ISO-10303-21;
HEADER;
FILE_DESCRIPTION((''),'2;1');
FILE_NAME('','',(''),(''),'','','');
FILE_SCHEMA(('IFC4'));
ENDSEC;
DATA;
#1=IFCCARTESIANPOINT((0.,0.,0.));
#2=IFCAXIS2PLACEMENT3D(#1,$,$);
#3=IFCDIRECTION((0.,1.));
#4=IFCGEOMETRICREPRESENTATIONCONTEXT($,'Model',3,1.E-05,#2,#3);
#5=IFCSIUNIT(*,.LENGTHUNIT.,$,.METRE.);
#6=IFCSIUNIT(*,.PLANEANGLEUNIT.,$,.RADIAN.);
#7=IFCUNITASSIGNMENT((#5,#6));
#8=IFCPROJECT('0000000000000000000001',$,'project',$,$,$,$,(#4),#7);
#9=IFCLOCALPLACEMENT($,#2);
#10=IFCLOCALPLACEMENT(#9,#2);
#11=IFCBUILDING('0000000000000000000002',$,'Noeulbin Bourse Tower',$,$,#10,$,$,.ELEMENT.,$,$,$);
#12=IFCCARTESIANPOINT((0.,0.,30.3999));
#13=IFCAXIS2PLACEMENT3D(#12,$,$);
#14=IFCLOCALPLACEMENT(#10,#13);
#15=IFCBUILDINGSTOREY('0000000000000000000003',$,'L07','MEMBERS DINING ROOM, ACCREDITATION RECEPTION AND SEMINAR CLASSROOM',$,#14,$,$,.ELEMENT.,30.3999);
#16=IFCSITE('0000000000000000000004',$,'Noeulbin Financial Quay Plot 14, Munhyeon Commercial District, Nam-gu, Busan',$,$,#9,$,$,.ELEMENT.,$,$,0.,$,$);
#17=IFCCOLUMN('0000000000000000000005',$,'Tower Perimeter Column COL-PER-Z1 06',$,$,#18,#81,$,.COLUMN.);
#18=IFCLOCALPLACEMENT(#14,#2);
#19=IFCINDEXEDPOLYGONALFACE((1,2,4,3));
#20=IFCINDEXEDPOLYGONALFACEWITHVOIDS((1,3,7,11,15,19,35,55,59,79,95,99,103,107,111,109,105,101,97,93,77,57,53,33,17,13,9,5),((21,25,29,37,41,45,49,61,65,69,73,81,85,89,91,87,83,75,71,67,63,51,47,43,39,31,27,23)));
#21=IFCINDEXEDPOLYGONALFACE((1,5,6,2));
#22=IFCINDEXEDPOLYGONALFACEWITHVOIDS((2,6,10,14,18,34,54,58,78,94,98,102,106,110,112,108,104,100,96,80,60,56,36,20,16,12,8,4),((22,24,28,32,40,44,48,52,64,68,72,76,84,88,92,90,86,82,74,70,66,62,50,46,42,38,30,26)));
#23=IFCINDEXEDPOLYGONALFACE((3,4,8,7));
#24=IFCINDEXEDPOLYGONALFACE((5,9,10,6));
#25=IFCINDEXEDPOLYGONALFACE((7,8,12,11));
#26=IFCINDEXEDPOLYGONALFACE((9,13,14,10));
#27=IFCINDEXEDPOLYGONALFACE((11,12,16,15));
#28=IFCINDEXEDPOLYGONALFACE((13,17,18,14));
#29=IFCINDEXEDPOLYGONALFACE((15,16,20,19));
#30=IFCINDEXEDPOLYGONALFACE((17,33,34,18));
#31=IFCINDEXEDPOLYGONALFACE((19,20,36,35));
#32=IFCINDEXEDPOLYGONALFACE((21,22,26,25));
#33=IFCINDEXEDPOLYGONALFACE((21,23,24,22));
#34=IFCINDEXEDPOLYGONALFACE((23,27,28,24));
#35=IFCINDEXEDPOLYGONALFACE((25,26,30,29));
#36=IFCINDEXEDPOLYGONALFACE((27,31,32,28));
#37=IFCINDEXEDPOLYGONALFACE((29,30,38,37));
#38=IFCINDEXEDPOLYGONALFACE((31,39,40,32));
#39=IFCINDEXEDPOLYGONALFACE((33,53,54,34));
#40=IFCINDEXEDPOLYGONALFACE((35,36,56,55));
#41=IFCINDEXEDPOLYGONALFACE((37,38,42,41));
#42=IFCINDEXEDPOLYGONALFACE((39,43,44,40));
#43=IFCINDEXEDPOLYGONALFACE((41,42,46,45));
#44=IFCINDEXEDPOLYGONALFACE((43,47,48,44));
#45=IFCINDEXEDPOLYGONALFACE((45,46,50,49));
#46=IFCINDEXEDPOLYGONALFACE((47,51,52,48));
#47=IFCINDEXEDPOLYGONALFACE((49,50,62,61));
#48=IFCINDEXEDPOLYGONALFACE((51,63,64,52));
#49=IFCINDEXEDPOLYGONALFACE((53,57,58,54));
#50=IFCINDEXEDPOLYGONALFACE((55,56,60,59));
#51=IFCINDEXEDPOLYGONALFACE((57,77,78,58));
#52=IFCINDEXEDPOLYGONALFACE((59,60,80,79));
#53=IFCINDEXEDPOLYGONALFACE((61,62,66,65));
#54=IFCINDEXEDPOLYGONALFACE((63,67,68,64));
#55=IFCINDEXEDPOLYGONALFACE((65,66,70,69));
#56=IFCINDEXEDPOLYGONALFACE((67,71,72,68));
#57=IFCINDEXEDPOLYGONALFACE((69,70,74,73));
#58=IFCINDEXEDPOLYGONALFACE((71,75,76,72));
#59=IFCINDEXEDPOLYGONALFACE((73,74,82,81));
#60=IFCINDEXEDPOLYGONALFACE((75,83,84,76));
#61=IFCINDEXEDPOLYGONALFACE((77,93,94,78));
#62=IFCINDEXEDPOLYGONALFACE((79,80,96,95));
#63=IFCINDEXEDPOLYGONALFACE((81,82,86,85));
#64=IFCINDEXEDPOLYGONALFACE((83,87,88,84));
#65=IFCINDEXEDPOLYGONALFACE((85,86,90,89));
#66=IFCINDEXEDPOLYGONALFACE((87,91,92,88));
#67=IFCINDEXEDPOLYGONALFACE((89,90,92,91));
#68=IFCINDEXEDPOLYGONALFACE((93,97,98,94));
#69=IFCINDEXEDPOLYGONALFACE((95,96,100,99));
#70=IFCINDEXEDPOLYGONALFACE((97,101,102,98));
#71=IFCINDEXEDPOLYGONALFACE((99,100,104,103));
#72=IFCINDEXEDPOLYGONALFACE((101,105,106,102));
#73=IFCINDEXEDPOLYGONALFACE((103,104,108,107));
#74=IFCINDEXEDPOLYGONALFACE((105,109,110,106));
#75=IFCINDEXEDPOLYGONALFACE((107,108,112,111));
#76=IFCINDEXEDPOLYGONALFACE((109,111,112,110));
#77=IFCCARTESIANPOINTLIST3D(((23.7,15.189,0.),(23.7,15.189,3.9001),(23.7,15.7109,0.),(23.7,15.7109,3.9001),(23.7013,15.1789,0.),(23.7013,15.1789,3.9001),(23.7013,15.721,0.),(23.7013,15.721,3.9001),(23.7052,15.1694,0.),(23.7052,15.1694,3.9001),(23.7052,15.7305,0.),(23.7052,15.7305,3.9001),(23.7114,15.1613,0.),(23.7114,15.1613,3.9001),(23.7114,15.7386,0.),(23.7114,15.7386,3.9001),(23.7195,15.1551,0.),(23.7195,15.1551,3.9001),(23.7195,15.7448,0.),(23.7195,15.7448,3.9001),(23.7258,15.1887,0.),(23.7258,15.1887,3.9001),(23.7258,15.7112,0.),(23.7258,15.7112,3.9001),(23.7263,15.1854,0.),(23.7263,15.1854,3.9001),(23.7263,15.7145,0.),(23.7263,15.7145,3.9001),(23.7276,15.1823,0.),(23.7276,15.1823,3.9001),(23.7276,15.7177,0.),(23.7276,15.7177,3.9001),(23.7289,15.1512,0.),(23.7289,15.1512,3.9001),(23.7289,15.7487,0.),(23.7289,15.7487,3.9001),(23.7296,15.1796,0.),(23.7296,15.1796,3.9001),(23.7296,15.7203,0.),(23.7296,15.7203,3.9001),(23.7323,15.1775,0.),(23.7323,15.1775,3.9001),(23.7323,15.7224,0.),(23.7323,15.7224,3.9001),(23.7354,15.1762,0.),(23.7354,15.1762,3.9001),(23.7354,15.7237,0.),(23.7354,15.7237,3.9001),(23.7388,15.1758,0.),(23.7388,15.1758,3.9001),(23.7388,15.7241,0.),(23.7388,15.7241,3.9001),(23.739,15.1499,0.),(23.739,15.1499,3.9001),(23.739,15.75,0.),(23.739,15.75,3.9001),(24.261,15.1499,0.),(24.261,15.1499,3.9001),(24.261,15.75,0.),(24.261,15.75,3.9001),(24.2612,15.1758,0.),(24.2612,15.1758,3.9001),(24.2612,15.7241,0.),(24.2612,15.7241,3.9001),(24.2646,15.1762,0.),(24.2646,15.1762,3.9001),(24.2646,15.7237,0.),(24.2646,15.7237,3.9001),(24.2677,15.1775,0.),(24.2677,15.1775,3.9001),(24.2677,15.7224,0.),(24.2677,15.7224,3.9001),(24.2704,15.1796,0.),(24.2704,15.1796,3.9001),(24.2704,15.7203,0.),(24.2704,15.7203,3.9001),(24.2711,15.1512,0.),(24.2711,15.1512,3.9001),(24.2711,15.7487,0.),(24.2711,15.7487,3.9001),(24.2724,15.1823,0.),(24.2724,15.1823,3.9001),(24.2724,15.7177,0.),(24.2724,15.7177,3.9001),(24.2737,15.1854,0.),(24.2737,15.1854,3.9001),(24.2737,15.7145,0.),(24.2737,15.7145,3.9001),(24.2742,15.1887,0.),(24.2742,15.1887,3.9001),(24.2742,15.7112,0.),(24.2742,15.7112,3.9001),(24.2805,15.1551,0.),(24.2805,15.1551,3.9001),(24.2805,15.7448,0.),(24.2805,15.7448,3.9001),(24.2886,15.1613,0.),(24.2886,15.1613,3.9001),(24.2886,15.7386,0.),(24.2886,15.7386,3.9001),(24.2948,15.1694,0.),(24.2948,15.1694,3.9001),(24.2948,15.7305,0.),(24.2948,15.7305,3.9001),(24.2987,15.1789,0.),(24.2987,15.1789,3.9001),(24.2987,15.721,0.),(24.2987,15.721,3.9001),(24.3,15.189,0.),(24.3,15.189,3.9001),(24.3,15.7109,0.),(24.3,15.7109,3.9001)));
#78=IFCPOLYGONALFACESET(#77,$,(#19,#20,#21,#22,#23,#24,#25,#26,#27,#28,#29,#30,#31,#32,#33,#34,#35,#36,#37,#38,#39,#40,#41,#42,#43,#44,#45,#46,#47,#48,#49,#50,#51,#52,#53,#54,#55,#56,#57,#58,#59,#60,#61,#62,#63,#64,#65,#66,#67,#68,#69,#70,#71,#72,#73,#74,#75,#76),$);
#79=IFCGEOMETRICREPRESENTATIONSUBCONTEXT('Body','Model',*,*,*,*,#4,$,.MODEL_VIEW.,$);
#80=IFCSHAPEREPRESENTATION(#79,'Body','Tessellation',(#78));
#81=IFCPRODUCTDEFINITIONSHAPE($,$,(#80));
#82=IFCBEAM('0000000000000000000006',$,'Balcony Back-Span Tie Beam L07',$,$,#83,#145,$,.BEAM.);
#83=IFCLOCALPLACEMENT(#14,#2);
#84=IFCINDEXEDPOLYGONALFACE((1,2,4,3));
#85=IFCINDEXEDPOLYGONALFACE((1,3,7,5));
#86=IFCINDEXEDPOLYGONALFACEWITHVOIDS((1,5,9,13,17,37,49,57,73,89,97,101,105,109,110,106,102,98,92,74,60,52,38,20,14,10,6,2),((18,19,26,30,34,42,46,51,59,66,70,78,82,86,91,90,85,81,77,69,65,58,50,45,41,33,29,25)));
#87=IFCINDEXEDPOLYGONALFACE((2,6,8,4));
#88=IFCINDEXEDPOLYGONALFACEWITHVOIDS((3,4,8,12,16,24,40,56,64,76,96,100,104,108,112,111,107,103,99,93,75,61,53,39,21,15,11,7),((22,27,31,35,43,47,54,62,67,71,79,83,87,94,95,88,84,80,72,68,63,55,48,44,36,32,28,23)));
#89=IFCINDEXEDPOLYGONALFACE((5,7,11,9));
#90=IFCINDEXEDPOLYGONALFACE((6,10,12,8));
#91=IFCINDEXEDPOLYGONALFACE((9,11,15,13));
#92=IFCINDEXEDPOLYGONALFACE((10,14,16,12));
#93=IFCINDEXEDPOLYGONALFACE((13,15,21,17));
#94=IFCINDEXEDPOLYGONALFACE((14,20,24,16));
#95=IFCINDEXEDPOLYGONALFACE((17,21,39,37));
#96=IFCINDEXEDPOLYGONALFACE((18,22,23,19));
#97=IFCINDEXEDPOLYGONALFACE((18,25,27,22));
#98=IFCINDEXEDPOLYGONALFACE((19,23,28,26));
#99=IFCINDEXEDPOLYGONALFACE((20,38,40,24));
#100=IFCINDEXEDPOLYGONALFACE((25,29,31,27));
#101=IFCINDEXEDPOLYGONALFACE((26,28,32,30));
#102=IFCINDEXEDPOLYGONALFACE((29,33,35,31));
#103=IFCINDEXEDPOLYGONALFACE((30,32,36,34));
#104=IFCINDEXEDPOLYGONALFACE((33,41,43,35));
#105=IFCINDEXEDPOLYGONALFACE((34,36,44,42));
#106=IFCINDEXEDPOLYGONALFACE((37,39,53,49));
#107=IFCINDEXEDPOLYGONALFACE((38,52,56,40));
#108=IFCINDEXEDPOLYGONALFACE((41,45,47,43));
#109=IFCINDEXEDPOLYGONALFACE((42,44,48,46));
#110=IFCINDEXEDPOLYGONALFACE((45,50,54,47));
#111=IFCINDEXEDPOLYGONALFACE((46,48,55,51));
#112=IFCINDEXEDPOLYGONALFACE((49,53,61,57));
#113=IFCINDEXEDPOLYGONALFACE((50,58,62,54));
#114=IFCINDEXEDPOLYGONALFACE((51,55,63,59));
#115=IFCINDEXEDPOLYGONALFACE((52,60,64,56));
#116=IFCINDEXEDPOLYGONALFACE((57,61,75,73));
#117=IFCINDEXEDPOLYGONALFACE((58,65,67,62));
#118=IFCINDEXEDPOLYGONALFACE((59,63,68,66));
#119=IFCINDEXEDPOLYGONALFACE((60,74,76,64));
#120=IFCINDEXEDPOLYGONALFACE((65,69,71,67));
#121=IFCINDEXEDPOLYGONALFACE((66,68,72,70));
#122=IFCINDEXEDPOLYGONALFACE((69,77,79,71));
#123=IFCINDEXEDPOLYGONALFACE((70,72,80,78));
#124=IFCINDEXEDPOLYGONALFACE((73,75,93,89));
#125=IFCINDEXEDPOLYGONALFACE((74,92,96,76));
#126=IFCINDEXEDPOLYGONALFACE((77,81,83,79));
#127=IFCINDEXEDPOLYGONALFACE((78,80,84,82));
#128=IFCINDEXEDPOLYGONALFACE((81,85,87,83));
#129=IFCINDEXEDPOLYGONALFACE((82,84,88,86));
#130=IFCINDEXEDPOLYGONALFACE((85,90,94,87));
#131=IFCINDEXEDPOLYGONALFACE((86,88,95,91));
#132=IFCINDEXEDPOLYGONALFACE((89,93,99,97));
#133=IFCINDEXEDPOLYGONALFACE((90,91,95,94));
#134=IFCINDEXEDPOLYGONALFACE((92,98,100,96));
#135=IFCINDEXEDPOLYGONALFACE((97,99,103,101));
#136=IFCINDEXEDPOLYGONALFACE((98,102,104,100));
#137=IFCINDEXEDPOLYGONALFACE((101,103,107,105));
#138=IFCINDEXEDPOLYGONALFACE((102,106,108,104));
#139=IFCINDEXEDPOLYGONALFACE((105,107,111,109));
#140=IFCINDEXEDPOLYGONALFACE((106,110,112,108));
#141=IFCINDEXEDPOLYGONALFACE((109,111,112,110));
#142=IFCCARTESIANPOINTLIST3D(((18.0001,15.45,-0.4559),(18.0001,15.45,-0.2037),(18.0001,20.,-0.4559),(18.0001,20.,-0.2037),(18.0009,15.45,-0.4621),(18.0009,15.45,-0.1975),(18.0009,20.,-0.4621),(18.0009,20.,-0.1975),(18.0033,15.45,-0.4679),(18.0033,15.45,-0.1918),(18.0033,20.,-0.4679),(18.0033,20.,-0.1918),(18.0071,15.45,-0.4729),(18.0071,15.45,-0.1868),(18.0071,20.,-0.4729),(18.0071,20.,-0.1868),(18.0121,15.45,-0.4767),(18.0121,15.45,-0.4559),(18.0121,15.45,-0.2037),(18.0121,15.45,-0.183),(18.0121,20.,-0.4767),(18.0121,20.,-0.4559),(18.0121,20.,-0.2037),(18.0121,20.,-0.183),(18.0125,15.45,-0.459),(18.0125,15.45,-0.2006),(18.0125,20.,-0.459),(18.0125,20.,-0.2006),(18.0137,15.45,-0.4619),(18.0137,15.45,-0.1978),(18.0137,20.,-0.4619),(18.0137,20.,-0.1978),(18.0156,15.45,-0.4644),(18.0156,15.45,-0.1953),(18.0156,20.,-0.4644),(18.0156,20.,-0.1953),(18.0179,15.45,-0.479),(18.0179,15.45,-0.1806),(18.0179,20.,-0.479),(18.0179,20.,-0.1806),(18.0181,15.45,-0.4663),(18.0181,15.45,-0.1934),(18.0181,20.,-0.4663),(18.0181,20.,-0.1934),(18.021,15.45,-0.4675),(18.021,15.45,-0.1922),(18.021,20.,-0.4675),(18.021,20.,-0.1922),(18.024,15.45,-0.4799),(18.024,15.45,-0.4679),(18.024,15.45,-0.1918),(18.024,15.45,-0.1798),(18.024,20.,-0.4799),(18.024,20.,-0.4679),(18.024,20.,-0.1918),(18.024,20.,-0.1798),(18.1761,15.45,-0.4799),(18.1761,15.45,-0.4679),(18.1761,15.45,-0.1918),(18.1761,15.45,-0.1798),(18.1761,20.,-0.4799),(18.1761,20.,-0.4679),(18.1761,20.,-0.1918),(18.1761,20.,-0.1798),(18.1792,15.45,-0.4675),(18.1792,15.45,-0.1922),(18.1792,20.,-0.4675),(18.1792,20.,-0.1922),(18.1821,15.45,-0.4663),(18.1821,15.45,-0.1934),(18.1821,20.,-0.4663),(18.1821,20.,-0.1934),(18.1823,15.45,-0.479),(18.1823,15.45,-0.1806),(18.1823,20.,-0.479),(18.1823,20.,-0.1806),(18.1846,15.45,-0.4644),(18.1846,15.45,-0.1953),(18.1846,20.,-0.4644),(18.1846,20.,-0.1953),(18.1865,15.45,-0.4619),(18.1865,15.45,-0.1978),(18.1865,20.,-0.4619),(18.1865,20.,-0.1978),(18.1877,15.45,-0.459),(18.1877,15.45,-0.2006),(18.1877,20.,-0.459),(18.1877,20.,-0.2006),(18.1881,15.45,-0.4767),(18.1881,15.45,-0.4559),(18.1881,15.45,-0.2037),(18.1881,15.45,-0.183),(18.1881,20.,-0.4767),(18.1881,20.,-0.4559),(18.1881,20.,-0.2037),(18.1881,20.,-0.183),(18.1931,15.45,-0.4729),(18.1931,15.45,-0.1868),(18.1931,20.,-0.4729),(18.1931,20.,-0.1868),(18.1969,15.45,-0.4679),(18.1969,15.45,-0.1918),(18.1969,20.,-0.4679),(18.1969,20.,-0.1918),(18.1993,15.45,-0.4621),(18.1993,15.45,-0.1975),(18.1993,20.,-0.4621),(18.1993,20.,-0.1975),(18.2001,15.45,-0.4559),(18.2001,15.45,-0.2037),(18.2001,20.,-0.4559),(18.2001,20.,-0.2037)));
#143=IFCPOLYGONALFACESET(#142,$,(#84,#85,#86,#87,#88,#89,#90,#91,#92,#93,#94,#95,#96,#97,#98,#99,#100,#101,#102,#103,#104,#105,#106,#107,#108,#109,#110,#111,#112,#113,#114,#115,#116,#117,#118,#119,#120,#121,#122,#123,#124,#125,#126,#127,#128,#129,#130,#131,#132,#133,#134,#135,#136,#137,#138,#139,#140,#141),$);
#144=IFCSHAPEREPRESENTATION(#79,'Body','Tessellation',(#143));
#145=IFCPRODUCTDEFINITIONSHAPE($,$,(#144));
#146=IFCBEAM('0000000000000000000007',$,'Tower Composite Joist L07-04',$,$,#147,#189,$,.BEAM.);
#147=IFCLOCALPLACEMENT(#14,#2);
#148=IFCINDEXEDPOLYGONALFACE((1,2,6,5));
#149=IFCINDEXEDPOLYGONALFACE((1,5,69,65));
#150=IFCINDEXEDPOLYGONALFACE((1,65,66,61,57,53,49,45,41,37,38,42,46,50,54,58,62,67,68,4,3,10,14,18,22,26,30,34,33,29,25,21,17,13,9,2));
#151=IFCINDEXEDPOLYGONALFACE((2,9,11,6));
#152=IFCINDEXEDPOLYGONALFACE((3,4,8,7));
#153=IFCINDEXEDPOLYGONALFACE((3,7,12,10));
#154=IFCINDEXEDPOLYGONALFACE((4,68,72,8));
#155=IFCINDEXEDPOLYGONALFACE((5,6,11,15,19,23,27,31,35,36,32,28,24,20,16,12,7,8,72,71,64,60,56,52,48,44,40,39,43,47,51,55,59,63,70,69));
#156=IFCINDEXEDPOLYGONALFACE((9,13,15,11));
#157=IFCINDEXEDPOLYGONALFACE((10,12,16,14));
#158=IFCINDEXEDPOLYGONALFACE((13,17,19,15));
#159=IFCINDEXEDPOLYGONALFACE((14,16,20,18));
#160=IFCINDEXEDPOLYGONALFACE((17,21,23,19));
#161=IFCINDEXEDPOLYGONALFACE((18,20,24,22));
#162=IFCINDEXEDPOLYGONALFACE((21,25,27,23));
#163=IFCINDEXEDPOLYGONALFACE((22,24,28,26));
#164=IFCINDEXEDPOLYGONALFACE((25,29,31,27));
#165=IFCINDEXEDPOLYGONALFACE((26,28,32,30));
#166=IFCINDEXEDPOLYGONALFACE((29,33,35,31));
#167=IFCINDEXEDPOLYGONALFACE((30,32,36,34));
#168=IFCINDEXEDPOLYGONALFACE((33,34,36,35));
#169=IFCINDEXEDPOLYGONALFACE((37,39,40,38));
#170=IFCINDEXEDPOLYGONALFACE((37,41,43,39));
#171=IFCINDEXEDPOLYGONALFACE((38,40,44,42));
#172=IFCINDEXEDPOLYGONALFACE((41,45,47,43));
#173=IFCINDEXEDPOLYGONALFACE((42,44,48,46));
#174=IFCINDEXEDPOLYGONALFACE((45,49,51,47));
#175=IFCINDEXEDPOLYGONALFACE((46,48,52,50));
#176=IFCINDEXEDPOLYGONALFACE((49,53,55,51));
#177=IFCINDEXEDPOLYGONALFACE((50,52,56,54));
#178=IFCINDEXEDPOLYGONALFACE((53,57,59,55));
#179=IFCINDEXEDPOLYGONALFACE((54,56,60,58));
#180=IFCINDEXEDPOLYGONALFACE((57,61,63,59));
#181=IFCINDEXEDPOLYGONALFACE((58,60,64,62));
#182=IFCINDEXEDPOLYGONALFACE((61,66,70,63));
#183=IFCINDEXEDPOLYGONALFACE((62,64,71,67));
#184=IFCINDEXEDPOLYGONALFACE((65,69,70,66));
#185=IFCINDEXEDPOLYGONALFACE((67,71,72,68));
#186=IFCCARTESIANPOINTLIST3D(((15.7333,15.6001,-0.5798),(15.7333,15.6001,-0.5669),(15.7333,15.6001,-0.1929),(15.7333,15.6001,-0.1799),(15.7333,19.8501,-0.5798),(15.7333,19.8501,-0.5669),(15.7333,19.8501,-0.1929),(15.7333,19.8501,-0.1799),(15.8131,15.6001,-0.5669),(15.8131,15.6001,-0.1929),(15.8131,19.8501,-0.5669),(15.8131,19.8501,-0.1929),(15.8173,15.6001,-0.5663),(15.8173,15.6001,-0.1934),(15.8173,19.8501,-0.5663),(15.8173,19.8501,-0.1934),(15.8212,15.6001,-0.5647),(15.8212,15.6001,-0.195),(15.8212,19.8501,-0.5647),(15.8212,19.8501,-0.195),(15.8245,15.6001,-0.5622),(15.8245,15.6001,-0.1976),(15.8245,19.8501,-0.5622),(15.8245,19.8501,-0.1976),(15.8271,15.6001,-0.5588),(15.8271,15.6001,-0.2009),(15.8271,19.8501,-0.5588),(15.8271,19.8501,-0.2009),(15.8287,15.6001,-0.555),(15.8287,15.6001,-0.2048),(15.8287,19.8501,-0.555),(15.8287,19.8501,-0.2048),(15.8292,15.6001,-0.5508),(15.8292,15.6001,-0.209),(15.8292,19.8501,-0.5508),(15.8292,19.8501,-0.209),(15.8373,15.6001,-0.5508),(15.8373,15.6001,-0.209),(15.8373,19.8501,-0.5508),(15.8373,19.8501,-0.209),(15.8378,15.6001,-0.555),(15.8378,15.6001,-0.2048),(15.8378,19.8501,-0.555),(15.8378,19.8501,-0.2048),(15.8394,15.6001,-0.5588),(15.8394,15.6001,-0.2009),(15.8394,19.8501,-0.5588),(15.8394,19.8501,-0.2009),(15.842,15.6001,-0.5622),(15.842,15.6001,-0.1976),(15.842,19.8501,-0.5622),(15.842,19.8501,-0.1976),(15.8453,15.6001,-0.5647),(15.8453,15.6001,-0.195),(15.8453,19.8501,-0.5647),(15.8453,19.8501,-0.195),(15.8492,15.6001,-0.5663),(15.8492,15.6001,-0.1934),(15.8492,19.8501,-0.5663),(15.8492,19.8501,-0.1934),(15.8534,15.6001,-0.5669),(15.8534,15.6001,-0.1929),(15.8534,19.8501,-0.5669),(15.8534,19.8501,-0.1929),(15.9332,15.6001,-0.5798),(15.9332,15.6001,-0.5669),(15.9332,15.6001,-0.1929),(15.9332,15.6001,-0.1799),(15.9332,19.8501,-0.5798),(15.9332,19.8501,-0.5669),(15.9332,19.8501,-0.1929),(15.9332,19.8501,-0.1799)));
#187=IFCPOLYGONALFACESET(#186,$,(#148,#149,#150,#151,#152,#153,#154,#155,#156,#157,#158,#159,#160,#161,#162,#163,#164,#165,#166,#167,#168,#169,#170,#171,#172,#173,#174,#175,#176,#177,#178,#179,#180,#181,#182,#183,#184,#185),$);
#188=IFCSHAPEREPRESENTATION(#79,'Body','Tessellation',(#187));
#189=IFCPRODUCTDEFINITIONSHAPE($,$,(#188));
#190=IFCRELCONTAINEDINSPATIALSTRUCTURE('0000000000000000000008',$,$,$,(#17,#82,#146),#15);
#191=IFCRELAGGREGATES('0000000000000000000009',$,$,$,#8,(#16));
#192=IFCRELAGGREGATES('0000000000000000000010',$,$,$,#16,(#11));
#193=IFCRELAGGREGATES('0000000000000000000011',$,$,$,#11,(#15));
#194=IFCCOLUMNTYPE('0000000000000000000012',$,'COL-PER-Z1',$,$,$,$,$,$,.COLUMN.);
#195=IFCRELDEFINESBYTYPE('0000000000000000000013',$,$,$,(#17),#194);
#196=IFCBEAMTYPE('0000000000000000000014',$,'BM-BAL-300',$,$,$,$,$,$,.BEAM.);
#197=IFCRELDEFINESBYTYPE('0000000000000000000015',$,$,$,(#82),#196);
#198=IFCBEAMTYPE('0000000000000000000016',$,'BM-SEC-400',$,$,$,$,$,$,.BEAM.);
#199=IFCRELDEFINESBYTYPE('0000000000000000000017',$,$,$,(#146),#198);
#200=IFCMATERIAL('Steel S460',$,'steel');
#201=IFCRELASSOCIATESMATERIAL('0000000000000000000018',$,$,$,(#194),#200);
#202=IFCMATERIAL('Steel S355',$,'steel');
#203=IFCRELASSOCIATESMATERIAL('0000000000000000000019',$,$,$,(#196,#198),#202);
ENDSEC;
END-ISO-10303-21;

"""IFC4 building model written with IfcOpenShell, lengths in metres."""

from ifc_helpers import new_model, si_unit, direction, frame, origin, origin_2d, place, context, subcontext, project, spatial, hollow_rectangle, i_section, extrude, material, material_profile, profile_set, type_object, element, save


model = new_model("IFC4")

# Units and contexts
model_context = context("Model", 3, precision=1e-05, world=origin(), true_north=direction((0.0, 1.0)))
body_context = subcontext(model_context, "Body", "Model", "MODEL_VIEW")
ifc_project = project(units=[si_unit("LENGTHUNIT", "METRE"), si_unit("PLANEANGLEUNIT", "RADIAN")], contexts=[model_context])

# Site, building, storey
site_placement = place(None, origin())
site = spatial("IfcSite", under=ifc_project, at=site_placement, Name="Noeulbin Financial Quay Plot 14, Munhyeon Commercial District, Nam-gu, Busan", CompositionType="ELEMENT", RefElevation=0.0)
building_placement = place(site_placement, origin())
building = spatial("IfcBuilding", under=site, at=building_placement, Name="Noeulbin Bourse Tower", CompositionType="ELEMENT")
storey_placement = place(building_placement, frame((0.0, 0.0, 30.3999)))
storey = spatial("IfcBuildingStorey", under=building, at=storey_placement, Name="L07", Description="MEMBERS DINING ROOM, ACCREDITATION RECEPTION AND SEMINAR CLASSROOM", CompositionType="ELEMENT", Elevation=30.3999)

# Column
ifc_material_1 = material(Name="Steel S460", Category="steel")
ifc_material_profile_1 = material_profile(ifc_material_1, hollow_rectangle(XDim=0.6001, YDim=0.6001, WallThickness=0.0259, InnerFilletRadius=0.0129, OuterFilletRadius=0.0391, at=origin_2d()), Name="BOX-600x600x26", Category="LoadBearing")
ifc_profile_set_1 = profile_set([ifc_material_profile_1], Name="Steel S460")
column_type = type_object("IfcColumnType", Name="COL-PER-Z1", PredefinedType="COLUMN", material=ifc_profile_set_1)
column_placement = place(storey_placement, frame((24.0, 15.45, 0.0), z_axis=(0.0, 0.0, 1.0), x_axis=(1.0, 0.0, 0.0)))
element("IfcColumn", 1, at=column_placement, inside=storey, type_object=column_type, Name="Tower Perimeter Column COL-PER-Z1 06", PredefinedType="COLUMN", context=body_context, shape_type="SweptSolid", body=[
    extrude(hollow_rectangle(XDim=0.6001, YDim=0.6001, WallThickness=0.0259, InnerFilletRadius=0.0129, OuterFilletRadius=0.0391, at=origin_2d()), origin(), (0.0, 0.0, 1.0), 3.9001),
])

# Beams
ifc_material_2 = material(Name="Steel S355", Category="steel")
ifc_material_profile_2 = material_profile(ifc_material_2, hollow_rectangle(XDim=0.2, YDim=0.3, WallThickness=0.012, InnerFilletRadius=0.012, OuterFilletRadius=0.0239, at=origin_2d()), Name="RHS-300x200x12", Category="LoadBearing")
ifc_profile_set_2 = profile_set([ifc_material_profile_2], Name="Steel S355")
beam_type_1 = type_object("IfcBeamType", Name="BM-BAL-300", PredefinedType="BEAM", material=ifc_profile_set_2)
beam_1_placement = place(storey_placement, frame((18.1001, 15.45, -0.3298), z_axis=(0.0, 1.0, 0.0), x_axis=(-1.0, 0.0, 0.0)))
element("IfcBeam", 2, at=beam_1_placement, inside=storey, type_object=beam_type_1, Name="Balcony Back-Span Tie Beam L07", PredefinedType="BEAM", context=body_context, shape_type="SweptSolid", body=[
    extrude(hollow_rectangle(XDim=0.2, YDim=0.3, WallThickness=0.012, InnerFilletRadius=0.012, OuterFilletRadius=0.0239, at=origin_2d()), origin(), (0.0, 0.0, 1.0), 4.55),
])
ifc_material_profile_3 = material_profile(ifc_material_2, i_section(OverallWidth=0.2, OverallDepth=0.3999, WebThickness=0.0081, FlangeThickness=0.0129, FilletRadius=0.0161, at=origin_2d()), Name="H-400x200x8x13", Category="LoadBearing")
ifc_profile_set_3 = profile_set([ifc_material_profile_3], Name="Steel S355")
beam_type_2 = type_object("IfcBeamType", Name="BM-SEC-400", PredefinedType="BEAM", material=ifc_profile_set_3)
beam_2_placement = place(storey_placement, frame((15.8333, 15.6001, -0.3799), z_axis=(0.0, 1.0, 0.0), x_axis=(-1.0, 0.0, 0.0)))
element("IfcBeam", 3, at=beam_2_placement, inside=storey, type_object=beam_type_2, Name="Tower Composite Joist L07-04", PredefinedType="BEAM", context=body_context, shape_type="SweptSolid", body=[
    extrude(i_section(OverallWidth=0.2, OverallDepth=0.3999, WebThickness=0.0081, FlangeThickness=0.0129, FilletRadius=0.0161, at=origin_2d()), origin(), (0.0, 0.0, 1.0), 4.25),
])

save(model, "model.ifc")
